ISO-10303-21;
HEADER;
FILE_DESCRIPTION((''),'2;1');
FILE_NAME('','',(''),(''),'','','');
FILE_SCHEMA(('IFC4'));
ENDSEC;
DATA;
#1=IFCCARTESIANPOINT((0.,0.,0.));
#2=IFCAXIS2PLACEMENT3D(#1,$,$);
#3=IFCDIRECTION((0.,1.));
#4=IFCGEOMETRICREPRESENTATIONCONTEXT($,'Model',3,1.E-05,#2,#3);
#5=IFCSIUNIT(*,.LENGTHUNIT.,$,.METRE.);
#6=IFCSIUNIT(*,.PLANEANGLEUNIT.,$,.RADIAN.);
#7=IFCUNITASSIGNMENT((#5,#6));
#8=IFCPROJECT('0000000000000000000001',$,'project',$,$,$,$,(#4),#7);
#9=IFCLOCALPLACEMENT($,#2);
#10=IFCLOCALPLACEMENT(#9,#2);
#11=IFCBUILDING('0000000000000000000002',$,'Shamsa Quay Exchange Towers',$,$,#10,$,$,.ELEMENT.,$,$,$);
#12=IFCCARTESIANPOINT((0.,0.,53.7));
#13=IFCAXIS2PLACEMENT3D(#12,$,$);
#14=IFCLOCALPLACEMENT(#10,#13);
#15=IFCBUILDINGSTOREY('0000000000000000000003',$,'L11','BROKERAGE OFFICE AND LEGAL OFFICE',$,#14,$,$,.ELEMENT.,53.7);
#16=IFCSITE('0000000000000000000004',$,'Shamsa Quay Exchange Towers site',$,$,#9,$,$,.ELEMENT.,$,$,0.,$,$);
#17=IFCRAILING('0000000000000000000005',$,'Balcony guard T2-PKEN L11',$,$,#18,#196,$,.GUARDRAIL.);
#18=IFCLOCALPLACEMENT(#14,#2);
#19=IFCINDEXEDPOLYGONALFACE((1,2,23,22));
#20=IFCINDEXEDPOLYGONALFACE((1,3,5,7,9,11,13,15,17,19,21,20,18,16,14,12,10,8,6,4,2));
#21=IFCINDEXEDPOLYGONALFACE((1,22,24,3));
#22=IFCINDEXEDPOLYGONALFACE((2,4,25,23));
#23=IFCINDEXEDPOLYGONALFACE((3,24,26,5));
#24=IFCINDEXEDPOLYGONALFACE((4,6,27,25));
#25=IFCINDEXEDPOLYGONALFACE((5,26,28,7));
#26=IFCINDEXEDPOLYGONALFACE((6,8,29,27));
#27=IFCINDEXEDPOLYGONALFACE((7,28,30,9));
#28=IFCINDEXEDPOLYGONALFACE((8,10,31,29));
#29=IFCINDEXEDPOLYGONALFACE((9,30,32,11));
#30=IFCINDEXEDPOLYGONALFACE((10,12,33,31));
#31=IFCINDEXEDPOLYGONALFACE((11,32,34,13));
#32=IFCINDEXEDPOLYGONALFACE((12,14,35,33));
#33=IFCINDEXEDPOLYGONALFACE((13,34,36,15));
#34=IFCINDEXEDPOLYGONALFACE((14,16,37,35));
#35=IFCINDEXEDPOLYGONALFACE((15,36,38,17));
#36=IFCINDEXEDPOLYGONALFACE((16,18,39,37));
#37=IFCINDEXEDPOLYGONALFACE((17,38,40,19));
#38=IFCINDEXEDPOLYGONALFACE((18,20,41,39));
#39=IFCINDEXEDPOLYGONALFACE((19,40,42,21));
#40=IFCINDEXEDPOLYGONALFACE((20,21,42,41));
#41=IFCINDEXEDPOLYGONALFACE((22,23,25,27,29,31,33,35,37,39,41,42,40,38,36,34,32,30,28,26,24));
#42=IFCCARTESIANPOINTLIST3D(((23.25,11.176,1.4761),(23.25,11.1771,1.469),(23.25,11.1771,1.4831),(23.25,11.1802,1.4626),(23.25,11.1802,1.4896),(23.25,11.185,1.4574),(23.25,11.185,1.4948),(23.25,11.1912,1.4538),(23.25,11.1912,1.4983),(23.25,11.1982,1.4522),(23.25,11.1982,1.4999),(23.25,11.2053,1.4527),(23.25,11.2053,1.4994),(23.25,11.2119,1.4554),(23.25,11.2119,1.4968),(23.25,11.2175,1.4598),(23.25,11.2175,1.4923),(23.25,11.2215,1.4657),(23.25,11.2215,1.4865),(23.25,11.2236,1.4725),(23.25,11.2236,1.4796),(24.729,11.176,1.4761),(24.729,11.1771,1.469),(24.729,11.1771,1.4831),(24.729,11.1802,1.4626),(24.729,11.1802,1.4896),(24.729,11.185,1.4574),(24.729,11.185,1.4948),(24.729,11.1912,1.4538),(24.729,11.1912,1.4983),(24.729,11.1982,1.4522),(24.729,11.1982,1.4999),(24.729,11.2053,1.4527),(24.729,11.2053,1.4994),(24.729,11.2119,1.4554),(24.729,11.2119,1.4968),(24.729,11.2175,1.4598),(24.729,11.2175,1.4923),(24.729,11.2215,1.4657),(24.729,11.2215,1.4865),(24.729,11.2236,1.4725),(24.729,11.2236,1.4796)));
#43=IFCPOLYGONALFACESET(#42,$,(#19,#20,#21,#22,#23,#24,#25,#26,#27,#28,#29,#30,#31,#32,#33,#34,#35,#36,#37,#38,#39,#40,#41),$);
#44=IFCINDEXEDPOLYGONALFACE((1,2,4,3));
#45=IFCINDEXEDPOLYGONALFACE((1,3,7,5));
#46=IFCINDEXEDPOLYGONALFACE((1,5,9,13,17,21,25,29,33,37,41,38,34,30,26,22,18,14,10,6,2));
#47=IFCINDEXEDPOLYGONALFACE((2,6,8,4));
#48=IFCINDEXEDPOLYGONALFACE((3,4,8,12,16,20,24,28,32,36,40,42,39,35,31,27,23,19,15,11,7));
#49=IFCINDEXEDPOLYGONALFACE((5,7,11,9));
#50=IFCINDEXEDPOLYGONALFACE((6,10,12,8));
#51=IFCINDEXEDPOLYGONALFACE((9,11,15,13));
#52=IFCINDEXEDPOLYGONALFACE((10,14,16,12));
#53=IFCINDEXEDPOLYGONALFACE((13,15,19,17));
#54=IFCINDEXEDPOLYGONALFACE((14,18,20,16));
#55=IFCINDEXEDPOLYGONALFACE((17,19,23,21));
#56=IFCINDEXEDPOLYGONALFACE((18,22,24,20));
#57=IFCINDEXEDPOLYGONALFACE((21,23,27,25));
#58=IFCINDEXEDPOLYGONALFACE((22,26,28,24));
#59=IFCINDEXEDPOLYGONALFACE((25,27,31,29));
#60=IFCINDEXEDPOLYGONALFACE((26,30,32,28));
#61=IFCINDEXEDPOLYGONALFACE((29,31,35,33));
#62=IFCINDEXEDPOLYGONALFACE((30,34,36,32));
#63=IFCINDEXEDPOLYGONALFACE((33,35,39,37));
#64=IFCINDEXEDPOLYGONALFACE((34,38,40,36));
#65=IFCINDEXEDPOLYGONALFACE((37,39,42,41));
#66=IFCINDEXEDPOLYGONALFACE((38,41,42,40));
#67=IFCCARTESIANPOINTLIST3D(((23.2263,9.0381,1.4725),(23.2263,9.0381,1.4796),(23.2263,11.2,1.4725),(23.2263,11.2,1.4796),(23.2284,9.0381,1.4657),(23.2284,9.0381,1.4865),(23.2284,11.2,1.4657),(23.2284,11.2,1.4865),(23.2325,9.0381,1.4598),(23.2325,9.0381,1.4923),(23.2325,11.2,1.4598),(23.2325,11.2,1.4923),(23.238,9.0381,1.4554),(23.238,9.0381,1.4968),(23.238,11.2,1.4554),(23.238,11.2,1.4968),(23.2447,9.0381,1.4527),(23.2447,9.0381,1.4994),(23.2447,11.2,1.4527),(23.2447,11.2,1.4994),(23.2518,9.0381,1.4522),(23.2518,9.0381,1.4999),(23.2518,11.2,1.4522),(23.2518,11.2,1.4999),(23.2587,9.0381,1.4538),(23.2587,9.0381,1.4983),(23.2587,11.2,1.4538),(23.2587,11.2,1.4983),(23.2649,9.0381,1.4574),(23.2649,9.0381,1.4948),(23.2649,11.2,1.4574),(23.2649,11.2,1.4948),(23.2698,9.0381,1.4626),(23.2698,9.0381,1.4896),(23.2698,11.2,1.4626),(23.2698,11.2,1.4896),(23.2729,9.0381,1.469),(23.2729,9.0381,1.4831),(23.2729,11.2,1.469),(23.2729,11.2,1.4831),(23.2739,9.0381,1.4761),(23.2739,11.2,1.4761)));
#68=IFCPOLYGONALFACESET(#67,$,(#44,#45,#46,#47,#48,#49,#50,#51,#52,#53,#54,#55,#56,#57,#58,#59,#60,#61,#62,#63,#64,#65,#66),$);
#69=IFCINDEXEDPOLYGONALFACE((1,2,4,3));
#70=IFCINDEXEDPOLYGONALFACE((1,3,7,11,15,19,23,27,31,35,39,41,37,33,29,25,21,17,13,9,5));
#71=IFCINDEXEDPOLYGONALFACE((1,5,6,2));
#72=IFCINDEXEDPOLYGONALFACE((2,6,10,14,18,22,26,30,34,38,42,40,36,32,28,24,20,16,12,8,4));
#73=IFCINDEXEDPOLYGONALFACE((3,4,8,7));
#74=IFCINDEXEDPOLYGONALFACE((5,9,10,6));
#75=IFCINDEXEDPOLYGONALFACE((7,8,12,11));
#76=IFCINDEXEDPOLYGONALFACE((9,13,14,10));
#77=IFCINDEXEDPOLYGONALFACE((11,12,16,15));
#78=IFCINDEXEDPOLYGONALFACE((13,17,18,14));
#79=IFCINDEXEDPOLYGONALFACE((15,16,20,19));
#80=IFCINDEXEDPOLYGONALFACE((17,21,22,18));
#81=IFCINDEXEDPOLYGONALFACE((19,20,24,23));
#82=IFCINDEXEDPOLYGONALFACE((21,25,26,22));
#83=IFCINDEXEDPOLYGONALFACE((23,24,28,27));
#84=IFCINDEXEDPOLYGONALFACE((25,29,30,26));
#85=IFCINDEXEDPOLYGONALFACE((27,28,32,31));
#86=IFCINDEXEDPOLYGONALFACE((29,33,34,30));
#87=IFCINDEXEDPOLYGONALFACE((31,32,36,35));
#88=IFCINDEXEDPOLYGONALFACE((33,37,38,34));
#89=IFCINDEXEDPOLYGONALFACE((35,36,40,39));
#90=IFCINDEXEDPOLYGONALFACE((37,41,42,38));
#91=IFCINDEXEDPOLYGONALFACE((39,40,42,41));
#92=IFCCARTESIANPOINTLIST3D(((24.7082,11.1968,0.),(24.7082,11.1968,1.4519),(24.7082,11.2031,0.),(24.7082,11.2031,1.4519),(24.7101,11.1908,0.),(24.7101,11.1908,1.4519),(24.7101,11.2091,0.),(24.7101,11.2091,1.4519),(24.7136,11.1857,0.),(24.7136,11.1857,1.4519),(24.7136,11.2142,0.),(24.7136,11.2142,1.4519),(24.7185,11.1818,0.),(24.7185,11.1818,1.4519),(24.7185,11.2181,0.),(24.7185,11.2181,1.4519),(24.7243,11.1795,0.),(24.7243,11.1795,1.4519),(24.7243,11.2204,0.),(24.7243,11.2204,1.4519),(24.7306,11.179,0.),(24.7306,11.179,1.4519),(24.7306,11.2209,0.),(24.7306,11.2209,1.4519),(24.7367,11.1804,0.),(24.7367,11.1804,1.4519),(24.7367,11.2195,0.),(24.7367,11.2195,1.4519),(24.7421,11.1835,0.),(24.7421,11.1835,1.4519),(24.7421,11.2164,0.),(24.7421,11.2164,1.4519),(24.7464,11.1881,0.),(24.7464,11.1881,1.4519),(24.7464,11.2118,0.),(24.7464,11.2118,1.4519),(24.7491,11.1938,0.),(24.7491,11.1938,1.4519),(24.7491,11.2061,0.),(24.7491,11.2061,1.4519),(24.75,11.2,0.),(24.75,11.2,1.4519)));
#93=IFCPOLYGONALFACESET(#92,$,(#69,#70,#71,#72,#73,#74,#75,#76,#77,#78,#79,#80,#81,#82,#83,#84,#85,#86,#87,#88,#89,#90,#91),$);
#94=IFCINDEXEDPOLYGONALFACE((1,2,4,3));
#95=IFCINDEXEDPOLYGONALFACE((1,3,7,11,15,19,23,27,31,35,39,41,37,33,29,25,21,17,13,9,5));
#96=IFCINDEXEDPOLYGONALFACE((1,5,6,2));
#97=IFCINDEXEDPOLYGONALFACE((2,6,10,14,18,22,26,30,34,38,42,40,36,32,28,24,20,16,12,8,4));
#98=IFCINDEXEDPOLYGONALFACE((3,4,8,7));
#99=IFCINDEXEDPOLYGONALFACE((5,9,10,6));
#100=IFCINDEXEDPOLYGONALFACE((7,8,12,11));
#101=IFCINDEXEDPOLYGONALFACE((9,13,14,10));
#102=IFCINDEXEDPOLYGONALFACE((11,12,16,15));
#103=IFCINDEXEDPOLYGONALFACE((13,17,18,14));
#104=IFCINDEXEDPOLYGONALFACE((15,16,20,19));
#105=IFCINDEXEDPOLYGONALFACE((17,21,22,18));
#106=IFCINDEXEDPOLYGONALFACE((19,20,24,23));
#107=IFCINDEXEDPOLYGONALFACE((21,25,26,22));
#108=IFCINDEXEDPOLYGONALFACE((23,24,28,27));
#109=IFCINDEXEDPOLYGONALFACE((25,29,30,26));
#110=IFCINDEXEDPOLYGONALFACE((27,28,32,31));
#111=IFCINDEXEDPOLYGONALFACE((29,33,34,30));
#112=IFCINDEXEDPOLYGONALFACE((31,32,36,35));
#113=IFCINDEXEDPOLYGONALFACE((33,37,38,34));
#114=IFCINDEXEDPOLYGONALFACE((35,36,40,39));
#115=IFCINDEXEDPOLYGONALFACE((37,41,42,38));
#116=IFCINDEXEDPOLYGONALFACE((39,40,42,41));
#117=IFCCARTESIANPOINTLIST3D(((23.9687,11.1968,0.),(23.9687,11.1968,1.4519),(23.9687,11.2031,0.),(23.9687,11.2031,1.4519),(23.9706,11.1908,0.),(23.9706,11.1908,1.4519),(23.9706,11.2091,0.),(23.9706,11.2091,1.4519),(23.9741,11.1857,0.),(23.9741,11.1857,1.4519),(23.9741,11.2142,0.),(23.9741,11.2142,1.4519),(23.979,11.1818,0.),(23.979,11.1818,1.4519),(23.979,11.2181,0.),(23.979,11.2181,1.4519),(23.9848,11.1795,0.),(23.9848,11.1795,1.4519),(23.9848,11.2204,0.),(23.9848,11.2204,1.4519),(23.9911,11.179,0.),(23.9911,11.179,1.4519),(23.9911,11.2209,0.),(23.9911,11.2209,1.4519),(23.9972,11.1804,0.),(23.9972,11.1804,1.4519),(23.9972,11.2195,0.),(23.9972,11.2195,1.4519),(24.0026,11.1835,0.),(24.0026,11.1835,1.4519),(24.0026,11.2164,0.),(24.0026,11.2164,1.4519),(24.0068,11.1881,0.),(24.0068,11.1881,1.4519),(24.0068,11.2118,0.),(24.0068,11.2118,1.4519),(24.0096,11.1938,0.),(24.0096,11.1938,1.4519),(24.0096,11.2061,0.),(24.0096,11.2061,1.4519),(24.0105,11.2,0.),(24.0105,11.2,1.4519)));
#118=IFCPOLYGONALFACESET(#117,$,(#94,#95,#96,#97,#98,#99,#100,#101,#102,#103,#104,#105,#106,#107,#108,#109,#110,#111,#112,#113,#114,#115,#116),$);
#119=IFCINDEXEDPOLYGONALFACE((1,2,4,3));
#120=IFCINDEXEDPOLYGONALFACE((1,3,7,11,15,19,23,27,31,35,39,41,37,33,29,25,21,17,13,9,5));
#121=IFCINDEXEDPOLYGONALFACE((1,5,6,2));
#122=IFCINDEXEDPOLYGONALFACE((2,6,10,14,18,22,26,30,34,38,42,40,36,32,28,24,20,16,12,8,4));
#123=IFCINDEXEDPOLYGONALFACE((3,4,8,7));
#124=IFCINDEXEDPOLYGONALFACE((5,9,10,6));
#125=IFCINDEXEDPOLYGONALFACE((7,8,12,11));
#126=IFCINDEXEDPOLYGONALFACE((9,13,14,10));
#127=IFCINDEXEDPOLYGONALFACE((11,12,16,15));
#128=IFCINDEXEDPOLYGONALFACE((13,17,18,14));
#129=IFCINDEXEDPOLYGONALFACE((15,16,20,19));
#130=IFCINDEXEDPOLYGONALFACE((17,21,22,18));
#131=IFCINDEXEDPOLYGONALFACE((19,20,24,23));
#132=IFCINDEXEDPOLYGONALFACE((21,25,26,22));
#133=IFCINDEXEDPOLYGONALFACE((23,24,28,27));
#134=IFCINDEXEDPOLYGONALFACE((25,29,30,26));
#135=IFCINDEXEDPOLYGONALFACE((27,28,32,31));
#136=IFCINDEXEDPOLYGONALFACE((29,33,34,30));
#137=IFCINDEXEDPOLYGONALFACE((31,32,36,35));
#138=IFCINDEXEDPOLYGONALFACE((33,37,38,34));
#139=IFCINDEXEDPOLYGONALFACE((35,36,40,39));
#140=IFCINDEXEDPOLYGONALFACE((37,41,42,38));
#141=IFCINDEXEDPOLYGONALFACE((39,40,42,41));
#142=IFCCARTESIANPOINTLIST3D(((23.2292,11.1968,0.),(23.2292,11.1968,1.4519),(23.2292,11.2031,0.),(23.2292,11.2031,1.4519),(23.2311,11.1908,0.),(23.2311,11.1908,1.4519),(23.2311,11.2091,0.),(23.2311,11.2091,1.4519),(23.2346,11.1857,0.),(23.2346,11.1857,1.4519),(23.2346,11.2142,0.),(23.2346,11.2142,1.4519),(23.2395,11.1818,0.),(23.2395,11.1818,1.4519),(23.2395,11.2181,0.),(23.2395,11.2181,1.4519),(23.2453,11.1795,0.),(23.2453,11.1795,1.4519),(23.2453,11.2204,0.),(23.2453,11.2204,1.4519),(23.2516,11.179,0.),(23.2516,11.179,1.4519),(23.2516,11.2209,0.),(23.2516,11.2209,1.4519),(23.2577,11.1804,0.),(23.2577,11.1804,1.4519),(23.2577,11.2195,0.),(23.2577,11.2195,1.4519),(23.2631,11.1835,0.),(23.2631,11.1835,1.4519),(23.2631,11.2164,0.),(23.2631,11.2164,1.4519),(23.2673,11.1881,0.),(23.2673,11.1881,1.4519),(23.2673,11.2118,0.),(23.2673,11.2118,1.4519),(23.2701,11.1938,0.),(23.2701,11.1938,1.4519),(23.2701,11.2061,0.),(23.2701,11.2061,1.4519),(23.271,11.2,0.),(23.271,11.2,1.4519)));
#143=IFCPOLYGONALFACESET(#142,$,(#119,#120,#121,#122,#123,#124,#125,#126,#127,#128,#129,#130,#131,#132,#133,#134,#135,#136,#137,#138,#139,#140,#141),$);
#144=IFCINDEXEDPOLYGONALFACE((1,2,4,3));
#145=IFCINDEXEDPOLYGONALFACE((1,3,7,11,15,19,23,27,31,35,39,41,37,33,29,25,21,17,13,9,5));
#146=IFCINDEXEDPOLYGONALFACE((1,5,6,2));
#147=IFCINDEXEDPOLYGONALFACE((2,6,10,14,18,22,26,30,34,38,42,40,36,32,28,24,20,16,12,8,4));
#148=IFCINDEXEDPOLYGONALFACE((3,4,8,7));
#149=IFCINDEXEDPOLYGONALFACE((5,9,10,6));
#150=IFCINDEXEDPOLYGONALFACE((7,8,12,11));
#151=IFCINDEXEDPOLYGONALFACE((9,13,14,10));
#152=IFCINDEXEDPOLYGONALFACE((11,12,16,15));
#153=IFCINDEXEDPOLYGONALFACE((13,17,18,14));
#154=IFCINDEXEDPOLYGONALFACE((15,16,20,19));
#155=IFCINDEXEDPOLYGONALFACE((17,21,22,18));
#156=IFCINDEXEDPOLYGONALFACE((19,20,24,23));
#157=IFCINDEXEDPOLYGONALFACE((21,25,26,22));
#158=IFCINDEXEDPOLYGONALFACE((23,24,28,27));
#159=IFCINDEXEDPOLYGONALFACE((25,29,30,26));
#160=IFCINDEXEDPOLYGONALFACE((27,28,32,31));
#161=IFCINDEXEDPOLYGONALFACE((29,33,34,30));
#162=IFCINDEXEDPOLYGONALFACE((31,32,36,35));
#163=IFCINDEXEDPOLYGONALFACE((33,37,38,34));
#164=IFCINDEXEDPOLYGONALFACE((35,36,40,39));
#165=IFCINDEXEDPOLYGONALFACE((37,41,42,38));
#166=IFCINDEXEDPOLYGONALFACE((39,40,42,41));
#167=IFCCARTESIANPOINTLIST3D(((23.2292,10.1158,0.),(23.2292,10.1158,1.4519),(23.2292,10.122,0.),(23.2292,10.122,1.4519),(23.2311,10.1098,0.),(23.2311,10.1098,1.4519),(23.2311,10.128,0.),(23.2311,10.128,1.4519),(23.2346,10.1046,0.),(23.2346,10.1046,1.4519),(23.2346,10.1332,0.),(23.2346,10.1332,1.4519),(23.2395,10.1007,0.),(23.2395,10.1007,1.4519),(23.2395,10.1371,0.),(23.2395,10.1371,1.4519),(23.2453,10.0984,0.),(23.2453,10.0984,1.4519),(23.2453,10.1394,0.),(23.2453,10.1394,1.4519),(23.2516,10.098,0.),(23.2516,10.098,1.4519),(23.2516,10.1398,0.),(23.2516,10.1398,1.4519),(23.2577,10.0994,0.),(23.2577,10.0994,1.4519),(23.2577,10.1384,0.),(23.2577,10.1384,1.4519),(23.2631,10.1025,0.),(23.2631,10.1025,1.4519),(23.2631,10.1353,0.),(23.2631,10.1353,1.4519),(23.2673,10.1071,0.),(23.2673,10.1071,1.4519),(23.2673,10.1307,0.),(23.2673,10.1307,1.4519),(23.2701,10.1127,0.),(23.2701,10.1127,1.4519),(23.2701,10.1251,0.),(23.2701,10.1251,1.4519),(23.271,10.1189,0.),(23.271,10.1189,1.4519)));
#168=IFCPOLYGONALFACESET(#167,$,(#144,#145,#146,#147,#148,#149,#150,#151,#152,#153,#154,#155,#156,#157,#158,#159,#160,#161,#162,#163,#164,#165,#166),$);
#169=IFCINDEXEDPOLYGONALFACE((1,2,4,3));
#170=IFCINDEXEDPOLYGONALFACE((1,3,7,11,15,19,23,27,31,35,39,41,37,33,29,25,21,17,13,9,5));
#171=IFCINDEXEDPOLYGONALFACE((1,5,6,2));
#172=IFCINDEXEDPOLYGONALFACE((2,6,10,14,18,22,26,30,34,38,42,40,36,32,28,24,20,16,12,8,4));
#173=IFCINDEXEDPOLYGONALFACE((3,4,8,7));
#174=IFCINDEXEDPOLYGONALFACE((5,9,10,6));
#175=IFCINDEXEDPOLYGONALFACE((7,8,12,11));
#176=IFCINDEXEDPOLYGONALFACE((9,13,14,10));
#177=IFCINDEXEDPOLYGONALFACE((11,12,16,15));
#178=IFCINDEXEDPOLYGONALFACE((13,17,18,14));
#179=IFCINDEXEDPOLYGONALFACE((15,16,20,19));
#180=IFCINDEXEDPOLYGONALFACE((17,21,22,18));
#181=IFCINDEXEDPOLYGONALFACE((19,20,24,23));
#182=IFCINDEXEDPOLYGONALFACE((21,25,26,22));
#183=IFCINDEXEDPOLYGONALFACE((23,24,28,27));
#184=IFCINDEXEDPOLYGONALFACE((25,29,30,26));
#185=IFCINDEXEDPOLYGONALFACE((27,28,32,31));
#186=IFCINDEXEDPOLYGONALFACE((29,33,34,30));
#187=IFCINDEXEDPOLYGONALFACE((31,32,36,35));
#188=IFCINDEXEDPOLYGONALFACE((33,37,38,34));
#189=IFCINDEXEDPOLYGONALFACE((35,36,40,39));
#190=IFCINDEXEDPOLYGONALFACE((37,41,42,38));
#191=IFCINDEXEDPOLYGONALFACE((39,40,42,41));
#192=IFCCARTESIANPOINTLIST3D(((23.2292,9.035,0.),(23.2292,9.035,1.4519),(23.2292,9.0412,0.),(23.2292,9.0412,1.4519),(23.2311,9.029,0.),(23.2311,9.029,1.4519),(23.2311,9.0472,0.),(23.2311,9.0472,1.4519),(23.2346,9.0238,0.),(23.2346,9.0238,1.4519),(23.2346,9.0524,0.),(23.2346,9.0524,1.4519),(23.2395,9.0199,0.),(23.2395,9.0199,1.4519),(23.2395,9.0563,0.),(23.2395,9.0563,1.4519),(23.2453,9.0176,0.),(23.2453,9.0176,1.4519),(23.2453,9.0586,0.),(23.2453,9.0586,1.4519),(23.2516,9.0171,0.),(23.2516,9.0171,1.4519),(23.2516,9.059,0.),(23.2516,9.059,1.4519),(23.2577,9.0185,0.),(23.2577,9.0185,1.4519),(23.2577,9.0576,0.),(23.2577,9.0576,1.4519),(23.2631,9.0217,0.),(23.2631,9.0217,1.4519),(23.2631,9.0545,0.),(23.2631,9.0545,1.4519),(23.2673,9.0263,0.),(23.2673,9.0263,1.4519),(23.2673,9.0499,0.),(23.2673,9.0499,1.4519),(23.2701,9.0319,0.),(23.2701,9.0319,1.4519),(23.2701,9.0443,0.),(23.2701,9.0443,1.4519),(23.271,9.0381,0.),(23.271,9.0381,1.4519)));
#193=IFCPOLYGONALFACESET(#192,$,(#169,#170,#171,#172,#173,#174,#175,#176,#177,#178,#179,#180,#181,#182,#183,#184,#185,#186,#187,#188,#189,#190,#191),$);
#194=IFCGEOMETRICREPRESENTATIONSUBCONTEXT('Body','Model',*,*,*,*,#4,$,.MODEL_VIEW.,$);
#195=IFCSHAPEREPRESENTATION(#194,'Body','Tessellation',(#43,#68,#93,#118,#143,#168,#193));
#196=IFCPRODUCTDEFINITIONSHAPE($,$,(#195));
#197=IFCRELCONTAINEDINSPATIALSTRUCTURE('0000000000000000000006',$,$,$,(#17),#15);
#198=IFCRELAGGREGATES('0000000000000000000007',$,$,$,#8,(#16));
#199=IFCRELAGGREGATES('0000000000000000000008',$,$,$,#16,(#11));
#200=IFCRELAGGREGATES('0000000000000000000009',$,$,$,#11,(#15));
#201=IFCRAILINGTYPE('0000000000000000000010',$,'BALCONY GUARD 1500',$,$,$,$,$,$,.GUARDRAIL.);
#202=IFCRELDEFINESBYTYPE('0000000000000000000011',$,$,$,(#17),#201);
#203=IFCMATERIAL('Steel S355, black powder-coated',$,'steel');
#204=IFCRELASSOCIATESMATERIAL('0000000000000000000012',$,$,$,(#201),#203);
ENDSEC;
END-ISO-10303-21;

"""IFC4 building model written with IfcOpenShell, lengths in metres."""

from ifc_helpers import new_model, si_unit, direction, frame, origin, origin_2d, place, context, subcontext, project, spatial, circle, extrude, material, type_object, element, save


model = new_model("IFC4")

# Units and contexts
model_context = context("Model", 3, precision=1e-05, world=origin(), true_north=direction((0.0, 1.0)))
body_context = subcontext(model_context, "Body", "Model", "MODEL_VIEW")
ifc_project = project(units=[si_unit("LENGTHUNIT", "METRE"), si_unit("PLANEANGLEUNIT", "RADIAN")], contexts=[model_context])

# Site, building, storey
site_placement = place(None, origin())
site = spatial("IfcSite", under=ifc_project, at=site_placement, Name="Shamsa Quay Exchange Towers site", CompositionType="ELEMENT", RefElevation=0.0)
building_placement = place(site_placement, origin())
building = spatial("IfcBuilding", under=site, at=building_placement, Name="Shamsa Quay Exchange Towers", CompositionType="ELEMENT")
storey_placement = place(building_placement, frame((0.0, 0.0, 53.7)))
storey = spatial("IfcBuildingStorey", under=building, at=storey_placement, Name="L11", Description="BROKERAGE OFFICE AND LEGAL OFFICE", CompositionType="ELEMENT", Elevation=53.7)

# Railing
ifc_material_1 = material(Name="Steel S355, black powder-coated", Category="steel")
railing_type = type_object("IfcRailingType", Name="BALCONY GUARD 1500", PredefinedType="GUARDRAIL", material=ifc_material_1)
for number, where, name in (
    (1, (24.729, 11.2, 0.0), "Balcony guard T2-PKEN L11"),
):
    element("IfcRailing", number, at=place(storey_placement, frame(where)), inside=storey, type_object=railing_type, Name=name, PredefinedType="GUARDRAIL", context=body_context, shape_type="SweptSolid", body=[
        extrude(circle(Radius=0.0239, at=origin_2d()), frame((0.0, 0.0, 1.4761), z_axis=(-1.0, 0.0, 0.0), x_axis=(0.0, -1.0, 0.0)), (0.0, 0.0, 1.0), 1.479),
        extrude(circle(Radius=0.0239, at=origin_2d()), frame((-1.479, 0.0, 1.4761), z_axis=(0.0, -1.0, 0.0), x_axis=(1.0, 0.0, 0.0)), (0.0, 0.0, 1.0), 2.1619),
        extrude(circle(Radius=0.021, at=origin_2d()), origin(), (0.0, 0.0, 1.0), 1.4519),
        extrude(circle(Radius=0.021, at=origin_2d()), frame((-0.7395, 0.0, 0.0)), (0.0, 0.0, 1.0), 1.4519),
        extrude(circle(Radius=0.021, at=origin_2d()), frame((-1.479, 0.0, 0.0)), (0.0, 0.0, 1.0), 1.4519),
        extrude(circle(Radius=0.021, at=origin_2d()), frame((-1.479, -1.0811, 0.0)), (0.0, 0.0, 1.0), 1.4519),
        extrude(circle(Radius=0.021, at=origin_2d()), frame((-1.479, -2.1619, 0.0)), (0.0, 0.0, 1.0), 1.4519),
    ])

save(model, "model.ifc")
